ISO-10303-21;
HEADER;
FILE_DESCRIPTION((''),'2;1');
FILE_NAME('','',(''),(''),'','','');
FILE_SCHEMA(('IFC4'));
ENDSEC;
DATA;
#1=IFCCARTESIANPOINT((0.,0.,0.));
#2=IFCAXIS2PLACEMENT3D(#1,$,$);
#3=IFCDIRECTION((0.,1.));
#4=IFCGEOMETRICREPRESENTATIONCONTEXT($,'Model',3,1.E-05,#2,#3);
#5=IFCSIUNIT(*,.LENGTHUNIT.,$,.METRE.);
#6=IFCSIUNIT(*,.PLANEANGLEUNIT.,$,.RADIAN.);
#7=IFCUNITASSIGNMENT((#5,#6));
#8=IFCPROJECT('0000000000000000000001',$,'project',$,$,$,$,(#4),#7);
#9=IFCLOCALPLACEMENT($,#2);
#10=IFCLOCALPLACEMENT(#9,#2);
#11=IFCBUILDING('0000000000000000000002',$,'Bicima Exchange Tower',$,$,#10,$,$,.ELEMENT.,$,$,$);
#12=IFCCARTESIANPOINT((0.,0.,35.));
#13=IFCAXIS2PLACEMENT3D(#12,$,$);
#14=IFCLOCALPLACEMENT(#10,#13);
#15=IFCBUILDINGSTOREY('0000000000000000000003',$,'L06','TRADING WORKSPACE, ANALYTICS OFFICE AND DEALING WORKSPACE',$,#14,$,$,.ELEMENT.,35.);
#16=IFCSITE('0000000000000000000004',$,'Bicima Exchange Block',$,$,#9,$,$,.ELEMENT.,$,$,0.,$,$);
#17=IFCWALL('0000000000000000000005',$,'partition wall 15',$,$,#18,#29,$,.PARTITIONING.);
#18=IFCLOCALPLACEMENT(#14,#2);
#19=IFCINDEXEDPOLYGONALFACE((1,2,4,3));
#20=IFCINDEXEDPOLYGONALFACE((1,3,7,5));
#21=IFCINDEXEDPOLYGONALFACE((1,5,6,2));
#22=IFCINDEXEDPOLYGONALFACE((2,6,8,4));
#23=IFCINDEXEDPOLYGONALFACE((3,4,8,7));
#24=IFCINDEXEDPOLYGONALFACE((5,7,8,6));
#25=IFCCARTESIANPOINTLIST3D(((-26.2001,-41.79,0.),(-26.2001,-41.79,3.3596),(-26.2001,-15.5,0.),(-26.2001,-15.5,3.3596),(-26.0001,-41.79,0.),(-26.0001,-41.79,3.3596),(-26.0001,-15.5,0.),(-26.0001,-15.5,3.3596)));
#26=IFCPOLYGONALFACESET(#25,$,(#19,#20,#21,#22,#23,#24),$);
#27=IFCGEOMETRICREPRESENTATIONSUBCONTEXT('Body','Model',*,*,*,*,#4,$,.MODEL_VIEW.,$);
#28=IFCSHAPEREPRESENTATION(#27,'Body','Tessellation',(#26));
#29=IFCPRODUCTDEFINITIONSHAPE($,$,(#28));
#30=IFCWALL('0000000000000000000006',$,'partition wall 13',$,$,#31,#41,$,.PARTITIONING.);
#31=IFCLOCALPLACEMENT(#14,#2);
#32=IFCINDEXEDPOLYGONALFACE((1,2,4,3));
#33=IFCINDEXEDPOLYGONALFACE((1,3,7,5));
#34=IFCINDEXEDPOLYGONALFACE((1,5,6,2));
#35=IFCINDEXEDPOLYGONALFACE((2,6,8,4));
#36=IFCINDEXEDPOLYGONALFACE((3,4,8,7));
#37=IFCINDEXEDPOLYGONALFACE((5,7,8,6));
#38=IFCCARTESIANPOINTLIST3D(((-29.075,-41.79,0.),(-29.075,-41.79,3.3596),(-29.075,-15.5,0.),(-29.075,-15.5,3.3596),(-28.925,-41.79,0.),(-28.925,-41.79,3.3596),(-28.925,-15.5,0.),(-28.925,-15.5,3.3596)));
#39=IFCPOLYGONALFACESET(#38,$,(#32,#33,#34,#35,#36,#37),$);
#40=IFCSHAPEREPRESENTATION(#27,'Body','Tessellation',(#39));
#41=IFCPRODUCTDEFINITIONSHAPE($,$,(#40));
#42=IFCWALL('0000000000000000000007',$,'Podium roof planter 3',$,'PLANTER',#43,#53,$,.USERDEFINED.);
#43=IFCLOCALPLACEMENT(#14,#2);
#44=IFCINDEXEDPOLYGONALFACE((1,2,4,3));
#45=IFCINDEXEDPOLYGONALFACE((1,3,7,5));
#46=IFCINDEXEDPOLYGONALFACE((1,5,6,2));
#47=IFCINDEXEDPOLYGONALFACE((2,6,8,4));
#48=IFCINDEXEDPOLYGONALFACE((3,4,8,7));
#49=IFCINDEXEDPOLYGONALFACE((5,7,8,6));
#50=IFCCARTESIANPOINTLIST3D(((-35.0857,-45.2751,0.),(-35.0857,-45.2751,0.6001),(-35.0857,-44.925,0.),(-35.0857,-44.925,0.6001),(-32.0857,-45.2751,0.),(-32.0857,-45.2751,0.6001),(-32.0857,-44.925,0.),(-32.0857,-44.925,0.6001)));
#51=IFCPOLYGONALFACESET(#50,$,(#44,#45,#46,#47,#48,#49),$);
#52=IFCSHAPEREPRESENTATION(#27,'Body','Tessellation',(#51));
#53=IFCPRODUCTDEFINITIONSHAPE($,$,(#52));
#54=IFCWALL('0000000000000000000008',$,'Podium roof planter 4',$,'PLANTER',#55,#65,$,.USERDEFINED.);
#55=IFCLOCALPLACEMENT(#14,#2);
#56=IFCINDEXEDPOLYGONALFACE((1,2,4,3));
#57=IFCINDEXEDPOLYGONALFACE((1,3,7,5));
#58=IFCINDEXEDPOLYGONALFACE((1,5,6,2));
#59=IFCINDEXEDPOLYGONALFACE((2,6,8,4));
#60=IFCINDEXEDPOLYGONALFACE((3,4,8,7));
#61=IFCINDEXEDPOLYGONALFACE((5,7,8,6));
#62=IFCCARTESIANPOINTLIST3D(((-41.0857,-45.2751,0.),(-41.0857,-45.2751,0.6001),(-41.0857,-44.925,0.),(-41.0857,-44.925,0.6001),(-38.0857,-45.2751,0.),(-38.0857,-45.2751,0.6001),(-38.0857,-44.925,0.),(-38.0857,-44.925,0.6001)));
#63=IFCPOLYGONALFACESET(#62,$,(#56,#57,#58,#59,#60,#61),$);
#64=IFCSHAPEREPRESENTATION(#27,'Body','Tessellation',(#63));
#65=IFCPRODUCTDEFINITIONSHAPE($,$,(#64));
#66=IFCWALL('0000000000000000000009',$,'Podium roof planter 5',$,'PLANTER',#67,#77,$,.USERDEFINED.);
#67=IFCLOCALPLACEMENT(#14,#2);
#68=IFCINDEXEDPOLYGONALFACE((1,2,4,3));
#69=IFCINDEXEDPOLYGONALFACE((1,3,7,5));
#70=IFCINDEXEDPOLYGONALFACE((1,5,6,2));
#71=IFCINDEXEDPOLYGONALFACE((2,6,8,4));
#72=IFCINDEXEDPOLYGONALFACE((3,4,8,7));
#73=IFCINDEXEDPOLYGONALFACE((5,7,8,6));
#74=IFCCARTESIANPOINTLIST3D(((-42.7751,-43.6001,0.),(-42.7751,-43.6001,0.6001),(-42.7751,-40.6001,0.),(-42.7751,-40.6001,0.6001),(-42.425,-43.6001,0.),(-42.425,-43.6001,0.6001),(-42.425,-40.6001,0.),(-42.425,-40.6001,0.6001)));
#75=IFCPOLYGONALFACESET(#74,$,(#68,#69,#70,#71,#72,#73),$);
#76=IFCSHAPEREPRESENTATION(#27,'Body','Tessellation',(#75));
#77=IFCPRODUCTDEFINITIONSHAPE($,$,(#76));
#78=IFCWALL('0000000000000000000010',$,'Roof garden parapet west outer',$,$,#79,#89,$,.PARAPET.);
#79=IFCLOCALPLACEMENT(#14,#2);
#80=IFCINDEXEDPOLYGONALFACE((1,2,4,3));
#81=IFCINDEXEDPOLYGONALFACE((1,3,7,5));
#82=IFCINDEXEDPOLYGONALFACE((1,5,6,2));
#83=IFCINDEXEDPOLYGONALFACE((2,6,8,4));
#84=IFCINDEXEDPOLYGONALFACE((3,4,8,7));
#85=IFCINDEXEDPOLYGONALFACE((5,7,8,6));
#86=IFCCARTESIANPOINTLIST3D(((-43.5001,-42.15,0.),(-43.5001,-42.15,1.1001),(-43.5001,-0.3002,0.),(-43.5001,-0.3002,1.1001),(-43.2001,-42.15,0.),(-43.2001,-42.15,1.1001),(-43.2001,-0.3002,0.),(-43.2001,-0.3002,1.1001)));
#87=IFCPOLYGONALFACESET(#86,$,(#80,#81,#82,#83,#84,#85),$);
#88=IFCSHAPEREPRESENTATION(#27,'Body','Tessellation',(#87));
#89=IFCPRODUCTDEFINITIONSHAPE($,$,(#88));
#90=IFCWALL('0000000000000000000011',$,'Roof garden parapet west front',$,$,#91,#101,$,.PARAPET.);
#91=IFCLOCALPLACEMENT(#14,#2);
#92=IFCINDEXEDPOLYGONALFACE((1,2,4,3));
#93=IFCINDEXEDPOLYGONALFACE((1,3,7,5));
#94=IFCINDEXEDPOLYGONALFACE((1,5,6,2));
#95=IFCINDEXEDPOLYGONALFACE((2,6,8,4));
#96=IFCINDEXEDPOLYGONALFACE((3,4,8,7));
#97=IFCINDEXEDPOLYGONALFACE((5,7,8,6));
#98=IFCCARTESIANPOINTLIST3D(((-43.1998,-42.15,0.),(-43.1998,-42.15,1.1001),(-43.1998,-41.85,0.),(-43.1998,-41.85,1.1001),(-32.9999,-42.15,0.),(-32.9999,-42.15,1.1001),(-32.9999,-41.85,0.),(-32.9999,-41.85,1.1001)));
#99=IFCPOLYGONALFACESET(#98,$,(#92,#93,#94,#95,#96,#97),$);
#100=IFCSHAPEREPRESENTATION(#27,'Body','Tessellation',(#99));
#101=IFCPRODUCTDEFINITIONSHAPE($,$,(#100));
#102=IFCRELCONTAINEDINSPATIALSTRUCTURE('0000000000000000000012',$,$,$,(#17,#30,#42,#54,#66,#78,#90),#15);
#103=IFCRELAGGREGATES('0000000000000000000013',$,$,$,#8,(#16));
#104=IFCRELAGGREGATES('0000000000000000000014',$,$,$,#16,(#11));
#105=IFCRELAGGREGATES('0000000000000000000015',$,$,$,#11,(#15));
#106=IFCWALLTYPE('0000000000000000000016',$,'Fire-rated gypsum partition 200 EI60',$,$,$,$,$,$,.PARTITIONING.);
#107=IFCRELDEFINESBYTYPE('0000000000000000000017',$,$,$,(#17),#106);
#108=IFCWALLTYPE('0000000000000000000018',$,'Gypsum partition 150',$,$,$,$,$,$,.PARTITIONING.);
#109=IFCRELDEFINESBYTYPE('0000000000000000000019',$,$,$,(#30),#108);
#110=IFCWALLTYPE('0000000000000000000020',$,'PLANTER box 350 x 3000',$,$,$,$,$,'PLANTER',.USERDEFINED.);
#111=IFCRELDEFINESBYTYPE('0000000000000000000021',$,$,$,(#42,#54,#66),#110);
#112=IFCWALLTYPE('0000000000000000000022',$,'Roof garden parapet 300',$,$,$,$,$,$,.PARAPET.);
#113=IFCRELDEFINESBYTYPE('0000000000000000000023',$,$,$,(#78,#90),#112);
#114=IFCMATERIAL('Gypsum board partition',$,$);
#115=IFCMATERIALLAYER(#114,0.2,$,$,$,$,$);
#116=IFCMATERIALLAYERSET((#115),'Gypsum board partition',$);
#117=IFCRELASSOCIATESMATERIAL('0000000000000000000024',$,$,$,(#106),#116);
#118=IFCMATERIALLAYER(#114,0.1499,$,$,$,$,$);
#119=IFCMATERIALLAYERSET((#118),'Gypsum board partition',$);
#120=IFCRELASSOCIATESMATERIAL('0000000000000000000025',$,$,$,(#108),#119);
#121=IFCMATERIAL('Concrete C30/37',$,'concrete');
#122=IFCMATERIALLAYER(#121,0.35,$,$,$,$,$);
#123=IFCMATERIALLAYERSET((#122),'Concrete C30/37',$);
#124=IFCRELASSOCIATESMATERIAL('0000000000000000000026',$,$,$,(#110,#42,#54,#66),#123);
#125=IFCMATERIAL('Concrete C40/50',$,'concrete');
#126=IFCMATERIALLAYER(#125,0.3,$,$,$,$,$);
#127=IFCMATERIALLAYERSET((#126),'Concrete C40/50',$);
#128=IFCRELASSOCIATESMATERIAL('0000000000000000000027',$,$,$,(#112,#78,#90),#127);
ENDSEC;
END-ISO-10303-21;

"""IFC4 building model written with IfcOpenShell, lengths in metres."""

from ifc_helpers import new_model, si_unit, direction, frame, frame_2d, origin, place, context, subcontext, project, spatial, rectangle, extrude, material, layer, layer_set, layer_usage, type_object, element, save


model = new_model("IFC4")

# Units and contexts
model_context = context("Model", 3, precision=1e-05, world=origin(), true_north=direction((0.0, 1.0)))
body_context = subcontext(model_context, "Body", "Model", "MODEL_VIEW")
ifc_project = project(units=[si_unit("LENGTHUNIT", "METRE"), si_unit("PLANEANGLEUNIT", "RADIAN")], contexts=[model_context])

# Site, building, storey
site_placement = place(None, origin())
site = spatial("IfcSite", under=ifc_project, at=site_placement, Name="Bicima Exchange Block", CompositionType="ELEMENT", RefElevation=0.0)
building_placement = place(site_placement, origin())
building = spatial("IfcBuilding", under=site, at=building_placement, Name="Bicima Exchange Tower", CompositionType="ELEMENT")
storey_placement = place(building_placement, frame((0.0, 0.0, 35.0)))
storey = spatial("IfcBuildingStorey", under=building, at=storey_placement, Name="L06", Description="TRADING WORKSPACE, ANALYTICS OFFICE AND DEALING WORKSPACE", CompositionType="ELEMENT", Elevation=35.0)

# Walls
ifc_material_1 = material(Name="Gypsum board partition")
ifc_layer_1 = layer(ifc_material_1, 0.2)
ifc_layer_set_1 = layer_set([ifc_layer_1], Name="Gypsum board partition")
wall_type_1 = type_object("IfcWallType", Name="Fire-rated gypsum partition 200 EI60", PredefinedType="PARTITIONING", material=ifc_layer_set_1)
wall_1_placement = place(storey_placement, frame((-26.1001, -41.79, 0.0), z_axis=(0.0, 0.0, 1.0), x_axis=(0.0, 1.0, 0.0)))
element("IfcWall", 1, at=wall_1_placement, inside=storey, type_object=wall_type_1, Name="partition wall 15", PredefinedType="PARTITIONING", context=body_context, shape_type="SweptSolid", body=[
    extrude(rectangle(XDim=26.29, YDim=0.2, at=frame_2d((13.145, 0.0))), origin(), (0.0, 0.0, 1.0), 3.3596),
])
ifc_layer_2 = layer(ifc_material_1, 0.1499)
ifc_layer_set_2 = layer_set([ifc_layer_2], Name="Gypsum board partition")
wall_type_2 = type_object("IfcWallType", Name="Gypsum partition 150", PredefinedType="PARTITIONING", material=ifc_layer_set_2)
wall_2_placement = place(storey_placement, frame((-29.0, -41.79, 0.0), z_axis=(0.0, 0.0, 1.0), x_axis=(0.0, 1.0, 0.0)))
element("IfcWall", 2, at=wall_2_placement, inside=storey, type_object=wall_type_2, Name="partition wall 13", PredefinedType="PARTITIONING", context=body_context, shape_type="SweptSolid", body=[
    extrude(rectangle(XDim=26.29, YDim=0.1499, at=frame_2d((13.145, 0.0))), origin(), (0.0, 0.0, 1.0), 3.3596),
])
ifc_material_2 = material(Name="Concrete C30/37", Category="concrete")
ifc_layer_3 = layer(ifc_material_2, 0.35)
ifc_layer_set_3 = layer_set([ifc_layer_3], Name="Concrete C30/37")
ifc_layer_usage_1 = layer_usage(ifc_layer_set_3, "AXIS2", "POSITIVE", -0.175)
wall_type_3 = type_object("IfcWallType", Name="PLANTER box 350 x 3000", ElementType="PLANTER", PredefinedType="USERDEFINED", material=ifc_layer_set_3)
for number, where, z_axis, x_axis, name in (
    (3, (-32.0857, -45.1001, 0.0), (0.0, 0.0, 1.0), (-1.0, 0.0, 0.0), "Podium roof planter 3"),
    (4, (-38.0857, -45.1001, 0.0), (0.0, 0.0, 1.0), (-1.0, 0.0, 0.0), "Podium roof planter 4"),
    (5, (-42.6001, -43.6001, 0.0), (0.0, 0.0, 1.0), (0.0, 1.0, 0.0), "Podium roof planter 5"),
):
    element("IfcWall", number, at=place(storey_placement, frame(where, z_axis=z_axis, x_axis=x_axis)), inside=storey, type_object=wall_type_3, material=ifc_layer_usage_1, Name=name, ObjectType="PLANTER", PredefinedType="USERDEFINED", context=body_context, shape_type="SweptSolid", body=[
        extrude(rectangle(XDim=3.0, YDim=0.3501, at=frame_2d((1.5, 0.0))), origin(), (0.0, 0.0, 1.0), 0.6001),
    ])
ifc_material_3 = material(Name="Concrete C40/50", Category="concrete")
ifc_layer_4 = layer(ifc_material_3, 0.3)
ifc_layer_set_4 = layer_set([ifc_layer_4], Name="Concrete C40/50")
ifc_layer_usage_2 = layer_usage(ifc_layer_set_4, "AXIS2", "POSITIVE", -0.15)
wall_type_4 = type_object("IfcWallType", Name="Roof garden parapet 300", PredefinedType="PARAPET", material=ifc_layer_set_4)
wall_3_placement = place(storey_placement, frame((-43.3501, -42.1499, 0.0), z_axis=(0.0, 0.0, 1.0), x_axis=(0.0, 1.0, 0.0)))
element("IfcWall", 6, at=wall_3_placement, inside=storey, type_object=wall_type_4, material=ifc_layer_usage_2, Name="Roof garden parapet west outer", PredefinedType="PARAPET", context=body_context, shape_type="SweptSolid", body=[
    extrude(rectangle(XDim=41.8499, YDim=0.3, at=frame_2d((20.9248, 0.0))), origin(), (0.0, 0.0, 1.0), 1.1001),
])
wall_4_placement = place(storey_placement, frame((-43.2, -42.0, 0.0), z_axis=(0.0, 0.0, 1.0), x_axis=(1.0, 0.0, 0.0)))
element("IfcWall", 7, at=wall_4_placement, inside=storey, type_object=wall_type_4, material=ifc_layer_usage_2, Name="Roof garden parapet west front", PredefinedType="PARAPET", context=body_context, shape_type="SweptSolid", body=[
    extrude(rectangle(XDim=10.2, YDim=0.3, at=frame_2d((5.1001, 0.0))), origin(), (0.0, 0.0, 1.0), 1.1001),
])

save(model, "model.ifc")
